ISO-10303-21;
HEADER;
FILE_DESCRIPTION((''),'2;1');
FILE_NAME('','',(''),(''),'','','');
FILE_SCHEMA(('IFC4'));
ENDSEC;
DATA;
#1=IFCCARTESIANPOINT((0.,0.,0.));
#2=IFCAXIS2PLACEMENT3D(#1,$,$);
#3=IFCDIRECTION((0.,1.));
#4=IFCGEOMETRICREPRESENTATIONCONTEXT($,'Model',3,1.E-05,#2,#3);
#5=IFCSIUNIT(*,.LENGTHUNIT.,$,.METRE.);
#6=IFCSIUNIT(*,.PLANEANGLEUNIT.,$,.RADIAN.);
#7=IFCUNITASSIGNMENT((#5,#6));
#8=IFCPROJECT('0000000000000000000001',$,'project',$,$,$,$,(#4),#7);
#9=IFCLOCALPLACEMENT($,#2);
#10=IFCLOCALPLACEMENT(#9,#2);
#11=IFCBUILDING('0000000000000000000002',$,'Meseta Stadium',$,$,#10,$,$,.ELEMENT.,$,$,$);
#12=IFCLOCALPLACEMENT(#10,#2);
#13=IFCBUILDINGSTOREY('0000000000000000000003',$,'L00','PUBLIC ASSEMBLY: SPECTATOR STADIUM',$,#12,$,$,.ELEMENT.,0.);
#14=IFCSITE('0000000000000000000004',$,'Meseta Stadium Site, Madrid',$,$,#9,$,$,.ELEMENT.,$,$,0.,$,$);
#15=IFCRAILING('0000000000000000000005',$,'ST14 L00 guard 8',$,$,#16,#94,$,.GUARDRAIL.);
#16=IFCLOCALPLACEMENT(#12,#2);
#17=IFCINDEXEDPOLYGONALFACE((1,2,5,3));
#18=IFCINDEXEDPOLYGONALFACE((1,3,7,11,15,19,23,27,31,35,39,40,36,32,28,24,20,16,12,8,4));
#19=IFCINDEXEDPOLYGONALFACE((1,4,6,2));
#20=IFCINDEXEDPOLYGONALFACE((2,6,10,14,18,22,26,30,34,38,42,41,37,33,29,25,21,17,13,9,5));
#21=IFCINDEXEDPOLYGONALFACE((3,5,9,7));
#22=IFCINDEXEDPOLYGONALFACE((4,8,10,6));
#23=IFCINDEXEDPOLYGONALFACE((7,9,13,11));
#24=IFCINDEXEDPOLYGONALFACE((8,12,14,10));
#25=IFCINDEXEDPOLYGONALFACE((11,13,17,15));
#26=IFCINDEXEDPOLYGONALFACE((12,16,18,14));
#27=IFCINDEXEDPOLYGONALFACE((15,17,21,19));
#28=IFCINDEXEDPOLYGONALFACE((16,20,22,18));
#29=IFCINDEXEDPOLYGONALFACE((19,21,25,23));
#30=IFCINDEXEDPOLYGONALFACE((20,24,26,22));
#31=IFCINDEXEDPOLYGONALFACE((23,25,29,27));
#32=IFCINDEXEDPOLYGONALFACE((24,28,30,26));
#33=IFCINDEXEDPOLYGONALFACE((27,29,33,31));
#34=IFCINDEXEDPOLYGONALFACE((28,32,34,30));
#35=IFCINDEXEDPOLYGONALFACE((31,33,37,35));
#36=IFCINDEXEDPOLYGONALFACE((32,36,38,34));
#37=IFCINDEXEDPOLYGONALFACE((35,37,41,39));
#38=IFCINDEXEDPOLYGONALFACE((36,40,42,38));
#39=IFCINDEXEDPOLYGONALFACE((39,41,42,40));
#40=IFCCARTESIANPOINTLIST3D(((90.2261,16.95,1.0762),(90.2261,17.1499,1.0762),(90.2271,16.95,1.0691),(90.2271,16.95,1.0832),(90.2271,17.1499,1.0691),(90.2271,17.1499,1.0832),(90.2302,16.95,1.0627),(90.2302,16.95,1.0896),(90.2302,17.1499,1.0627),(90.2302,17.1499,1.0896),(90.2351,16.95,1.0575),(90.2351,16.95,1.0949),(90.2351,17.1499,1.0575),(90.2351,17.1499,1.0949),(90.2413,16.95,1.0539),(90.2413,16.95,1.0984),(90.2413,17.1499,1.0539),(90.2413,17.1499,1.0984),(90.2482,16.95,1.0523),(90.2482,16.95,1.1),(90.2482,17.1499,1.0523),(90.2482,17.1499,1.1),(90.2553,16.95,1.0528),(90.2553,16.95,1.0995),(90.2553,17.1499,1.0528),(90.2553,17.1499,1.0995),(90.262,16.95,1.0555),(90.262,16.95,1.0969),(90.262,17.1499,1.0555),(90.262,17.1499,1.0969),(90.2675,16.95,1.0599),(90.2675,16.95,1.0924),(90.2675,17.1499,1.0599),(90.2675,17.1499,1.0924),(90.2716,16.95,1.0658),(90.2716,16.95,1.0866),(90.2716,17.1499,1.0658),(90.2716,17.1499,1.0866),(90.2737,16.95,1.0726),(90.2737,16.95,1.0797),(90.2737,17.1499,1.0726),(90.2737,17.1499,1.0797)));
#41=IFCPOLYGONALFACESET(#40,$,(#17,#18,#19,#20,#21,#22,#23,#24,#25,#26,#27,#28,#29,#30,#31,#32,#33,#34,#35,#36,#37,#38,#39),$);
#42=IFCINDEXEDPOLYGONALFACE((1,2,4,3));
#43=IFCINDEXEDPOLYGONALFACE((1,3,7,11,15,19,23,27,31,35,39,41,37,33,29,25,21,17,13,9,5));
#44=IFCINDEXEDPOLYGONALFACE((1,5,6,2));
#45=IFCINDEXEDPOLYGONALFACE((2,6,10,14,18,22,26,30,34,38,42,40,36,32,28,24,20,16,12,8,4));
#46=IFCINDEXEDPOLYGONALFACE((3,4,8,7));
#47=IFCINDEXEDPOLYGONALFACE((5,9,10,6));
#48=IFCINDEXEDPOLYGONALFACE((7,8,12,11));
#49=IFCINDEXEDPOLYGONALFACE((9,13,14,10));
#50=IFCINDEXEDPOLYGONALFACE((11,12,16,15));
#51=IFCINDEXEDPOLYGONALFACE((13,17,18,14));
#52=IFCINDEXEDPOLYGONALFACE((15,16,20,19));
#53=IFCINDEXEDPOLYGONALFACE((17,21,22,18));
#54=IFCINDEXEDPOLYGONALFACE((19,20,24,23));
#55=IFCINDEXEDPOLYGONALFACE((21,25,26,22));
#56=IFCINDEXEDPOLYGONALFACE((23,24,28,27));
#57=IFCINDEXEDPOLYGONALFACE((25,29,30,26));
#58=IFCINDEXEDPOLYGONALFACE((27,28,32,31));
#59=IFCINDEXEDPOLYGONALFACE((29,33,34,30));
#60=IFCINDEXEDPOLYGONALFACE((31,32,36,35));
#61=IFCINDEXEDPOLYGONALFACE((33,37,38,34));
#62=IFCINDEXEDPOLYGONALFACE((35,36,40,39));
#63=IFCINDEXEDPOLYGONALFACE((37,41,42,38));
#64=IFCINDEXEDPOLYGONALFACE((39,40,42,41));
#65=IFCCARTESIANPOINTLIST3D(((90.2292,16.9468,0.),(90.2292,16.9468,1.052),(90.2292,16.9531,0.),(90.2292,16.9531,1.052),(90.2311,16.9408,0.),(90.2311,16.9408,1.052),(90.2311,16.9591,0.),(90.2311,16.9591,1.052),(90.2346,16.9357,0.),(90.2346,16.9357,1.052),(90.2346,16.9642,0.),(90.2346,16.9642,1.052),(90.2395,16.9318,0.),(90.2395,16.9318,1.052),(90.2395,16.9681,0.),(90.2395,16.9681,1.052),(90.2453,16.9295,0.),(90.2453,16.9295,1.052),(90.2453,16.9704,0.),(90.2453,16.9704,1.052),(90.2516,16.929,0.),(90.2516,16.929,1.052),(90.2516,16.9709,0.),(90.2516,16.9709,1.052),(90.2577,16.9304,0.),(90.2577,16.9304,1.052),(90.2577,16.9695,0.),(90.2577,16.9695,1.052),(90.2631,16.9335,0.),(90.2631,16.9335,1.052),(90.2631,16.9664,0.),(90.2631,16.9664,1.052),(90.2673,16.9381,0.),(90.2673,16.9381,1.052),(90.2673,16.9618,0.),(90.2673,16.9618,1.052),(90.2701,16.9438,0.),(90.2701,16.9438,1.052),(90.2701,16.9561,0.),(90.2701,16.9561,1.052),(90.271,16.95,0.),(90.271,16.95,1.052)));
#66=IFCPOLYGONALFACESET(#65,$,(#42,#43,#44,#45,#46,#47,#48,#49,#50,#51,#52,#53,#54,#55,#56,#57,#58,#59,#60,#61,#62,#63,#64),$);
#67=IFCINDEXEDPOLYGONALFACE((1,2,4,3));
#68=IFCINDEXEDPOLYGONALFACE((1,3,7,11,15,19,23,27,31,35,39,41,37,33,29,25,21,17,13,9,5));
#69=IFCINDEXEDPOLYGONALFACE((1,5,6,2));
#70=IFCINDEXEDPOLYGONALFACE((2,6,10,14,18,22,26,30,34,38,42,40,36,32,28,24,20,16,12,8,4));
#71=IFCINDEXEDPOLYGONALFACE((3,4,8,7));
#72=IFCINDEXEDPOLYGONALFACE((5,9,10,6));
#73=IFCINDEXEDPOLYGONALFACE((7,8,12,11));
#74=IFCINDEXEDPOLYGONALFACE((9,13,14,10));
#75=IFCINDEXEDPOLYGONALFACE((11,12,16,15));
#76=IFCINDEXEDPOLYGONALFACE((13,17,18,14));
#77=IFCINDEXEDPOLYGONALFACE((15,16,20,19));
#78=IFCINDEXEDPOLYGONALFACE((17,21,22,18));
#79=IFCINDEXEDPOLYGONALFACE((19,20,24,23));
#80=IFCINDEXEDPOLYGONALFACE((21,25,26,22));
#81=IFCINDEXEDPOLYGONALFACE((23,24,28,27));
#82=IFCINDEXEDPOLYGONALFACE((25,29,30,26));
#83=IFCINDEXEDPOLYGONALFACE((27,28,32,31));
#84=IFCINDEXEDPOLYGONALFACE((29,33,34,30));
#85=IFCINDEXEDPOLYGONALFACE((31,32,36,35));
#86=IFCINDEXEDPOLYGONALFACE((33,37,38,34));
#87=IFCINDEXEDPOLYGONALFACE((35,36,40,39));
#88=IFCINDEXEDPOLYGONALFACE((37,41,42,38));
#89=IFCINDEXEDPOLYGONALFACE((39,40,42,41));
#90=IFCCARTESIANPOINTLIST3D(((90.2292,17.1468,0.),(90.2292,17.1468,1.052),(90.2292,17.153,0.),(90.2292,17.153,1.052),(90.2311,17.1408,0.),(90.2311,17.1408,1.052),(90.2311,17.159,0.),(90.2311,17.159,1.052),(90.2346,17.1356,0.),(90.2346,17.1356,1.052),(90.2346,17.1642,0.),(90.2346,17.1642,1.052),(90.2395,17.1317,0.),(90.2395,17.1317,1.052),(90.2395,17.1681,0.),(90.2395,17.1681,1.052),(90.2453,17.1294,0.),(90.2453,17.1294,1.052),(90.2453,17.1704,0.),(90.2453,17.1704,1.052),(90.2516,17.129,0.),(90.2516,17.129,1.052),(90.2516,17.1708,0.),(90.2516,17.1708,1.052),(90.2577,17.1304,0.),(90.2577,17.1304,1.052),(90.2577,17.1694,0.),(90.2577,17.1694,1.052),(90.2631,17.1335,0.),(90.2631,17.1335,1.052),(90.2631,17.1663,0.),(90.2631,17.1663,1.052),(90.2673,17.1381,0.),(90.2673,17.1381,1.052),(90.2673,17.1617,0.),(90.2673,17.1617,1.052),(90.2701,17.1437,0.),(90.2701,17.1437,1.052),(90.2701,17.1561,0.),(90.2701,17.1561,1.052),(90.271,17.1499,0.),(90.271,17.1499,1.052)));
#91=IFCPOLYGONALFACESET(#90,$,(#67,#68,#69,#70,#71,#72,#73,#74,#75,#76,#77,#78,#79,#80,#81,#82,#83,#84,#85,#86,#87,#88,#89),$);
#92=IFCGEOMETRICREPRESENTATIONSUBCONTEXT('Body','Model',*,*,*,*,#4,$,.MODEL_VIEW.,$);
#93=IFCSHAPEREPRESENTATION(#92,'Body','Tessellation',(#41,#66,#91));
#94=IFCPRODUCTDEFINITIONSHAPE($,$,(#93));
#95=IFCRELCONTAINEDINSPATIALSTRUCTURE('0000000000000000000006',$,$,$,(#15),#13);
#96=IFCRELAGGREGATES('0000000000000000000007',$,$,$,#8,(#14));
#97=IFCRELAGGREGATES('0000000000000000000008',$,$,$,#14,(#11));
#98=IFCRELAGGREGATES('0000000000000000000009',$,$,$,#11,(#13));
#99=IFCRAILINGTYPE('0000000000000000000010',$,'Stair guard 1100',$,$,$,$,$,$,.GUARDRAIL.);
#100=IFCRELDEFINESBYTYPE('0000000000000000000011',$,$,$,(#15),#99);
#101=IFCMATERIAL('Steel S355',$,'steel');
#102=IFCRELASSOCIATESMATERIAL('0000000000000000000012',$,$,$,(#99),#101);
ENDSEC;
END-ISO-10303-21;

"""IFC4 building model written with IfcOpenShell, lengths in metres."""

from ifc_helpers import new_model, si_unit, direction, frame, origin, origin_2d, place, context, subcontext, project, spatial, circle, extrude, material, type_object, element, save


model = new_model("IFC4")

# Units and contexts
model_context = context("Model", 3, precision=1e-05, world=origin(), true_north=direction((0.0, 1.0)))
body_context = subcontext(model_context, "Body", "Model", "MODEL_VIEW")
ifc_project = project(units=[si_unit("LENGTHUNIT", "METRE"), si_unit("PLANEANGLEUNIT", "RADIAN")], contexts=[model_context])

# Site, building, storey
site_placement = place(None, origin())
site = spatial("IfcSite", under=ifc_project, at=site_placement, Name="Meseta Stadium Site, Madrid", CompositionType="ELEMENT", RefElevation=0.0)
building_placement = place(site_placement, origin())
building = spatial("IfcBuilding", under=site, at=building_placement, Name="Meseta Stadium", CompositionType="ELEMENT")
storey_placement = place(building_placement, origin())
storey = spatial("IfcBuildingStorey", under=building, at=storey_placement, Name="L00", Description="PUBLIC ASSEMBLY: SPECTATOR STADIUM", CompositionType="ELEMENT", Elevation=0.0)

# Railing
ifc_material_1 = material(Name="Steel S355", Category="steel")
railing_type_1 = type_object("IfcRailingType", Name="Stair guard 1100", PredefinedType="GUARDRAIL", material=ifc_material_1)
railing_1_placement = place(storey_placement, frame((90.25, 16.95, 0.0)))
element("IfcRailing", 1, at=railing_1_placement, inside=storey, type_object=railing_type_1, Name="ST14 L00 guard 8", PredefinedType="GUARDRAIL", context=body_context, shape_type="SweptSolid", body=[
    extrude(circle(Radius=0.0239, at=origin_2d()), frame((0.0, 0.0, 1.0762), z_axis=(0.0, 1.0, 0.0), x_axis=(-1.0, 0.0, 0.0)), (0.0, 0.0, 1.0), 0.2),
    extrude(circle(Radius=0.021, at=origin_2d()), origin(), (0.0, 0.0, 1.0), 1.052),
    extrude(circle(Radius=0.021, at=origin_2d()), frame((0.0, 0.2, 0.0)), (0.0, 0.0, 1.0), 1.052),
])

save(model, "model.ifc")
